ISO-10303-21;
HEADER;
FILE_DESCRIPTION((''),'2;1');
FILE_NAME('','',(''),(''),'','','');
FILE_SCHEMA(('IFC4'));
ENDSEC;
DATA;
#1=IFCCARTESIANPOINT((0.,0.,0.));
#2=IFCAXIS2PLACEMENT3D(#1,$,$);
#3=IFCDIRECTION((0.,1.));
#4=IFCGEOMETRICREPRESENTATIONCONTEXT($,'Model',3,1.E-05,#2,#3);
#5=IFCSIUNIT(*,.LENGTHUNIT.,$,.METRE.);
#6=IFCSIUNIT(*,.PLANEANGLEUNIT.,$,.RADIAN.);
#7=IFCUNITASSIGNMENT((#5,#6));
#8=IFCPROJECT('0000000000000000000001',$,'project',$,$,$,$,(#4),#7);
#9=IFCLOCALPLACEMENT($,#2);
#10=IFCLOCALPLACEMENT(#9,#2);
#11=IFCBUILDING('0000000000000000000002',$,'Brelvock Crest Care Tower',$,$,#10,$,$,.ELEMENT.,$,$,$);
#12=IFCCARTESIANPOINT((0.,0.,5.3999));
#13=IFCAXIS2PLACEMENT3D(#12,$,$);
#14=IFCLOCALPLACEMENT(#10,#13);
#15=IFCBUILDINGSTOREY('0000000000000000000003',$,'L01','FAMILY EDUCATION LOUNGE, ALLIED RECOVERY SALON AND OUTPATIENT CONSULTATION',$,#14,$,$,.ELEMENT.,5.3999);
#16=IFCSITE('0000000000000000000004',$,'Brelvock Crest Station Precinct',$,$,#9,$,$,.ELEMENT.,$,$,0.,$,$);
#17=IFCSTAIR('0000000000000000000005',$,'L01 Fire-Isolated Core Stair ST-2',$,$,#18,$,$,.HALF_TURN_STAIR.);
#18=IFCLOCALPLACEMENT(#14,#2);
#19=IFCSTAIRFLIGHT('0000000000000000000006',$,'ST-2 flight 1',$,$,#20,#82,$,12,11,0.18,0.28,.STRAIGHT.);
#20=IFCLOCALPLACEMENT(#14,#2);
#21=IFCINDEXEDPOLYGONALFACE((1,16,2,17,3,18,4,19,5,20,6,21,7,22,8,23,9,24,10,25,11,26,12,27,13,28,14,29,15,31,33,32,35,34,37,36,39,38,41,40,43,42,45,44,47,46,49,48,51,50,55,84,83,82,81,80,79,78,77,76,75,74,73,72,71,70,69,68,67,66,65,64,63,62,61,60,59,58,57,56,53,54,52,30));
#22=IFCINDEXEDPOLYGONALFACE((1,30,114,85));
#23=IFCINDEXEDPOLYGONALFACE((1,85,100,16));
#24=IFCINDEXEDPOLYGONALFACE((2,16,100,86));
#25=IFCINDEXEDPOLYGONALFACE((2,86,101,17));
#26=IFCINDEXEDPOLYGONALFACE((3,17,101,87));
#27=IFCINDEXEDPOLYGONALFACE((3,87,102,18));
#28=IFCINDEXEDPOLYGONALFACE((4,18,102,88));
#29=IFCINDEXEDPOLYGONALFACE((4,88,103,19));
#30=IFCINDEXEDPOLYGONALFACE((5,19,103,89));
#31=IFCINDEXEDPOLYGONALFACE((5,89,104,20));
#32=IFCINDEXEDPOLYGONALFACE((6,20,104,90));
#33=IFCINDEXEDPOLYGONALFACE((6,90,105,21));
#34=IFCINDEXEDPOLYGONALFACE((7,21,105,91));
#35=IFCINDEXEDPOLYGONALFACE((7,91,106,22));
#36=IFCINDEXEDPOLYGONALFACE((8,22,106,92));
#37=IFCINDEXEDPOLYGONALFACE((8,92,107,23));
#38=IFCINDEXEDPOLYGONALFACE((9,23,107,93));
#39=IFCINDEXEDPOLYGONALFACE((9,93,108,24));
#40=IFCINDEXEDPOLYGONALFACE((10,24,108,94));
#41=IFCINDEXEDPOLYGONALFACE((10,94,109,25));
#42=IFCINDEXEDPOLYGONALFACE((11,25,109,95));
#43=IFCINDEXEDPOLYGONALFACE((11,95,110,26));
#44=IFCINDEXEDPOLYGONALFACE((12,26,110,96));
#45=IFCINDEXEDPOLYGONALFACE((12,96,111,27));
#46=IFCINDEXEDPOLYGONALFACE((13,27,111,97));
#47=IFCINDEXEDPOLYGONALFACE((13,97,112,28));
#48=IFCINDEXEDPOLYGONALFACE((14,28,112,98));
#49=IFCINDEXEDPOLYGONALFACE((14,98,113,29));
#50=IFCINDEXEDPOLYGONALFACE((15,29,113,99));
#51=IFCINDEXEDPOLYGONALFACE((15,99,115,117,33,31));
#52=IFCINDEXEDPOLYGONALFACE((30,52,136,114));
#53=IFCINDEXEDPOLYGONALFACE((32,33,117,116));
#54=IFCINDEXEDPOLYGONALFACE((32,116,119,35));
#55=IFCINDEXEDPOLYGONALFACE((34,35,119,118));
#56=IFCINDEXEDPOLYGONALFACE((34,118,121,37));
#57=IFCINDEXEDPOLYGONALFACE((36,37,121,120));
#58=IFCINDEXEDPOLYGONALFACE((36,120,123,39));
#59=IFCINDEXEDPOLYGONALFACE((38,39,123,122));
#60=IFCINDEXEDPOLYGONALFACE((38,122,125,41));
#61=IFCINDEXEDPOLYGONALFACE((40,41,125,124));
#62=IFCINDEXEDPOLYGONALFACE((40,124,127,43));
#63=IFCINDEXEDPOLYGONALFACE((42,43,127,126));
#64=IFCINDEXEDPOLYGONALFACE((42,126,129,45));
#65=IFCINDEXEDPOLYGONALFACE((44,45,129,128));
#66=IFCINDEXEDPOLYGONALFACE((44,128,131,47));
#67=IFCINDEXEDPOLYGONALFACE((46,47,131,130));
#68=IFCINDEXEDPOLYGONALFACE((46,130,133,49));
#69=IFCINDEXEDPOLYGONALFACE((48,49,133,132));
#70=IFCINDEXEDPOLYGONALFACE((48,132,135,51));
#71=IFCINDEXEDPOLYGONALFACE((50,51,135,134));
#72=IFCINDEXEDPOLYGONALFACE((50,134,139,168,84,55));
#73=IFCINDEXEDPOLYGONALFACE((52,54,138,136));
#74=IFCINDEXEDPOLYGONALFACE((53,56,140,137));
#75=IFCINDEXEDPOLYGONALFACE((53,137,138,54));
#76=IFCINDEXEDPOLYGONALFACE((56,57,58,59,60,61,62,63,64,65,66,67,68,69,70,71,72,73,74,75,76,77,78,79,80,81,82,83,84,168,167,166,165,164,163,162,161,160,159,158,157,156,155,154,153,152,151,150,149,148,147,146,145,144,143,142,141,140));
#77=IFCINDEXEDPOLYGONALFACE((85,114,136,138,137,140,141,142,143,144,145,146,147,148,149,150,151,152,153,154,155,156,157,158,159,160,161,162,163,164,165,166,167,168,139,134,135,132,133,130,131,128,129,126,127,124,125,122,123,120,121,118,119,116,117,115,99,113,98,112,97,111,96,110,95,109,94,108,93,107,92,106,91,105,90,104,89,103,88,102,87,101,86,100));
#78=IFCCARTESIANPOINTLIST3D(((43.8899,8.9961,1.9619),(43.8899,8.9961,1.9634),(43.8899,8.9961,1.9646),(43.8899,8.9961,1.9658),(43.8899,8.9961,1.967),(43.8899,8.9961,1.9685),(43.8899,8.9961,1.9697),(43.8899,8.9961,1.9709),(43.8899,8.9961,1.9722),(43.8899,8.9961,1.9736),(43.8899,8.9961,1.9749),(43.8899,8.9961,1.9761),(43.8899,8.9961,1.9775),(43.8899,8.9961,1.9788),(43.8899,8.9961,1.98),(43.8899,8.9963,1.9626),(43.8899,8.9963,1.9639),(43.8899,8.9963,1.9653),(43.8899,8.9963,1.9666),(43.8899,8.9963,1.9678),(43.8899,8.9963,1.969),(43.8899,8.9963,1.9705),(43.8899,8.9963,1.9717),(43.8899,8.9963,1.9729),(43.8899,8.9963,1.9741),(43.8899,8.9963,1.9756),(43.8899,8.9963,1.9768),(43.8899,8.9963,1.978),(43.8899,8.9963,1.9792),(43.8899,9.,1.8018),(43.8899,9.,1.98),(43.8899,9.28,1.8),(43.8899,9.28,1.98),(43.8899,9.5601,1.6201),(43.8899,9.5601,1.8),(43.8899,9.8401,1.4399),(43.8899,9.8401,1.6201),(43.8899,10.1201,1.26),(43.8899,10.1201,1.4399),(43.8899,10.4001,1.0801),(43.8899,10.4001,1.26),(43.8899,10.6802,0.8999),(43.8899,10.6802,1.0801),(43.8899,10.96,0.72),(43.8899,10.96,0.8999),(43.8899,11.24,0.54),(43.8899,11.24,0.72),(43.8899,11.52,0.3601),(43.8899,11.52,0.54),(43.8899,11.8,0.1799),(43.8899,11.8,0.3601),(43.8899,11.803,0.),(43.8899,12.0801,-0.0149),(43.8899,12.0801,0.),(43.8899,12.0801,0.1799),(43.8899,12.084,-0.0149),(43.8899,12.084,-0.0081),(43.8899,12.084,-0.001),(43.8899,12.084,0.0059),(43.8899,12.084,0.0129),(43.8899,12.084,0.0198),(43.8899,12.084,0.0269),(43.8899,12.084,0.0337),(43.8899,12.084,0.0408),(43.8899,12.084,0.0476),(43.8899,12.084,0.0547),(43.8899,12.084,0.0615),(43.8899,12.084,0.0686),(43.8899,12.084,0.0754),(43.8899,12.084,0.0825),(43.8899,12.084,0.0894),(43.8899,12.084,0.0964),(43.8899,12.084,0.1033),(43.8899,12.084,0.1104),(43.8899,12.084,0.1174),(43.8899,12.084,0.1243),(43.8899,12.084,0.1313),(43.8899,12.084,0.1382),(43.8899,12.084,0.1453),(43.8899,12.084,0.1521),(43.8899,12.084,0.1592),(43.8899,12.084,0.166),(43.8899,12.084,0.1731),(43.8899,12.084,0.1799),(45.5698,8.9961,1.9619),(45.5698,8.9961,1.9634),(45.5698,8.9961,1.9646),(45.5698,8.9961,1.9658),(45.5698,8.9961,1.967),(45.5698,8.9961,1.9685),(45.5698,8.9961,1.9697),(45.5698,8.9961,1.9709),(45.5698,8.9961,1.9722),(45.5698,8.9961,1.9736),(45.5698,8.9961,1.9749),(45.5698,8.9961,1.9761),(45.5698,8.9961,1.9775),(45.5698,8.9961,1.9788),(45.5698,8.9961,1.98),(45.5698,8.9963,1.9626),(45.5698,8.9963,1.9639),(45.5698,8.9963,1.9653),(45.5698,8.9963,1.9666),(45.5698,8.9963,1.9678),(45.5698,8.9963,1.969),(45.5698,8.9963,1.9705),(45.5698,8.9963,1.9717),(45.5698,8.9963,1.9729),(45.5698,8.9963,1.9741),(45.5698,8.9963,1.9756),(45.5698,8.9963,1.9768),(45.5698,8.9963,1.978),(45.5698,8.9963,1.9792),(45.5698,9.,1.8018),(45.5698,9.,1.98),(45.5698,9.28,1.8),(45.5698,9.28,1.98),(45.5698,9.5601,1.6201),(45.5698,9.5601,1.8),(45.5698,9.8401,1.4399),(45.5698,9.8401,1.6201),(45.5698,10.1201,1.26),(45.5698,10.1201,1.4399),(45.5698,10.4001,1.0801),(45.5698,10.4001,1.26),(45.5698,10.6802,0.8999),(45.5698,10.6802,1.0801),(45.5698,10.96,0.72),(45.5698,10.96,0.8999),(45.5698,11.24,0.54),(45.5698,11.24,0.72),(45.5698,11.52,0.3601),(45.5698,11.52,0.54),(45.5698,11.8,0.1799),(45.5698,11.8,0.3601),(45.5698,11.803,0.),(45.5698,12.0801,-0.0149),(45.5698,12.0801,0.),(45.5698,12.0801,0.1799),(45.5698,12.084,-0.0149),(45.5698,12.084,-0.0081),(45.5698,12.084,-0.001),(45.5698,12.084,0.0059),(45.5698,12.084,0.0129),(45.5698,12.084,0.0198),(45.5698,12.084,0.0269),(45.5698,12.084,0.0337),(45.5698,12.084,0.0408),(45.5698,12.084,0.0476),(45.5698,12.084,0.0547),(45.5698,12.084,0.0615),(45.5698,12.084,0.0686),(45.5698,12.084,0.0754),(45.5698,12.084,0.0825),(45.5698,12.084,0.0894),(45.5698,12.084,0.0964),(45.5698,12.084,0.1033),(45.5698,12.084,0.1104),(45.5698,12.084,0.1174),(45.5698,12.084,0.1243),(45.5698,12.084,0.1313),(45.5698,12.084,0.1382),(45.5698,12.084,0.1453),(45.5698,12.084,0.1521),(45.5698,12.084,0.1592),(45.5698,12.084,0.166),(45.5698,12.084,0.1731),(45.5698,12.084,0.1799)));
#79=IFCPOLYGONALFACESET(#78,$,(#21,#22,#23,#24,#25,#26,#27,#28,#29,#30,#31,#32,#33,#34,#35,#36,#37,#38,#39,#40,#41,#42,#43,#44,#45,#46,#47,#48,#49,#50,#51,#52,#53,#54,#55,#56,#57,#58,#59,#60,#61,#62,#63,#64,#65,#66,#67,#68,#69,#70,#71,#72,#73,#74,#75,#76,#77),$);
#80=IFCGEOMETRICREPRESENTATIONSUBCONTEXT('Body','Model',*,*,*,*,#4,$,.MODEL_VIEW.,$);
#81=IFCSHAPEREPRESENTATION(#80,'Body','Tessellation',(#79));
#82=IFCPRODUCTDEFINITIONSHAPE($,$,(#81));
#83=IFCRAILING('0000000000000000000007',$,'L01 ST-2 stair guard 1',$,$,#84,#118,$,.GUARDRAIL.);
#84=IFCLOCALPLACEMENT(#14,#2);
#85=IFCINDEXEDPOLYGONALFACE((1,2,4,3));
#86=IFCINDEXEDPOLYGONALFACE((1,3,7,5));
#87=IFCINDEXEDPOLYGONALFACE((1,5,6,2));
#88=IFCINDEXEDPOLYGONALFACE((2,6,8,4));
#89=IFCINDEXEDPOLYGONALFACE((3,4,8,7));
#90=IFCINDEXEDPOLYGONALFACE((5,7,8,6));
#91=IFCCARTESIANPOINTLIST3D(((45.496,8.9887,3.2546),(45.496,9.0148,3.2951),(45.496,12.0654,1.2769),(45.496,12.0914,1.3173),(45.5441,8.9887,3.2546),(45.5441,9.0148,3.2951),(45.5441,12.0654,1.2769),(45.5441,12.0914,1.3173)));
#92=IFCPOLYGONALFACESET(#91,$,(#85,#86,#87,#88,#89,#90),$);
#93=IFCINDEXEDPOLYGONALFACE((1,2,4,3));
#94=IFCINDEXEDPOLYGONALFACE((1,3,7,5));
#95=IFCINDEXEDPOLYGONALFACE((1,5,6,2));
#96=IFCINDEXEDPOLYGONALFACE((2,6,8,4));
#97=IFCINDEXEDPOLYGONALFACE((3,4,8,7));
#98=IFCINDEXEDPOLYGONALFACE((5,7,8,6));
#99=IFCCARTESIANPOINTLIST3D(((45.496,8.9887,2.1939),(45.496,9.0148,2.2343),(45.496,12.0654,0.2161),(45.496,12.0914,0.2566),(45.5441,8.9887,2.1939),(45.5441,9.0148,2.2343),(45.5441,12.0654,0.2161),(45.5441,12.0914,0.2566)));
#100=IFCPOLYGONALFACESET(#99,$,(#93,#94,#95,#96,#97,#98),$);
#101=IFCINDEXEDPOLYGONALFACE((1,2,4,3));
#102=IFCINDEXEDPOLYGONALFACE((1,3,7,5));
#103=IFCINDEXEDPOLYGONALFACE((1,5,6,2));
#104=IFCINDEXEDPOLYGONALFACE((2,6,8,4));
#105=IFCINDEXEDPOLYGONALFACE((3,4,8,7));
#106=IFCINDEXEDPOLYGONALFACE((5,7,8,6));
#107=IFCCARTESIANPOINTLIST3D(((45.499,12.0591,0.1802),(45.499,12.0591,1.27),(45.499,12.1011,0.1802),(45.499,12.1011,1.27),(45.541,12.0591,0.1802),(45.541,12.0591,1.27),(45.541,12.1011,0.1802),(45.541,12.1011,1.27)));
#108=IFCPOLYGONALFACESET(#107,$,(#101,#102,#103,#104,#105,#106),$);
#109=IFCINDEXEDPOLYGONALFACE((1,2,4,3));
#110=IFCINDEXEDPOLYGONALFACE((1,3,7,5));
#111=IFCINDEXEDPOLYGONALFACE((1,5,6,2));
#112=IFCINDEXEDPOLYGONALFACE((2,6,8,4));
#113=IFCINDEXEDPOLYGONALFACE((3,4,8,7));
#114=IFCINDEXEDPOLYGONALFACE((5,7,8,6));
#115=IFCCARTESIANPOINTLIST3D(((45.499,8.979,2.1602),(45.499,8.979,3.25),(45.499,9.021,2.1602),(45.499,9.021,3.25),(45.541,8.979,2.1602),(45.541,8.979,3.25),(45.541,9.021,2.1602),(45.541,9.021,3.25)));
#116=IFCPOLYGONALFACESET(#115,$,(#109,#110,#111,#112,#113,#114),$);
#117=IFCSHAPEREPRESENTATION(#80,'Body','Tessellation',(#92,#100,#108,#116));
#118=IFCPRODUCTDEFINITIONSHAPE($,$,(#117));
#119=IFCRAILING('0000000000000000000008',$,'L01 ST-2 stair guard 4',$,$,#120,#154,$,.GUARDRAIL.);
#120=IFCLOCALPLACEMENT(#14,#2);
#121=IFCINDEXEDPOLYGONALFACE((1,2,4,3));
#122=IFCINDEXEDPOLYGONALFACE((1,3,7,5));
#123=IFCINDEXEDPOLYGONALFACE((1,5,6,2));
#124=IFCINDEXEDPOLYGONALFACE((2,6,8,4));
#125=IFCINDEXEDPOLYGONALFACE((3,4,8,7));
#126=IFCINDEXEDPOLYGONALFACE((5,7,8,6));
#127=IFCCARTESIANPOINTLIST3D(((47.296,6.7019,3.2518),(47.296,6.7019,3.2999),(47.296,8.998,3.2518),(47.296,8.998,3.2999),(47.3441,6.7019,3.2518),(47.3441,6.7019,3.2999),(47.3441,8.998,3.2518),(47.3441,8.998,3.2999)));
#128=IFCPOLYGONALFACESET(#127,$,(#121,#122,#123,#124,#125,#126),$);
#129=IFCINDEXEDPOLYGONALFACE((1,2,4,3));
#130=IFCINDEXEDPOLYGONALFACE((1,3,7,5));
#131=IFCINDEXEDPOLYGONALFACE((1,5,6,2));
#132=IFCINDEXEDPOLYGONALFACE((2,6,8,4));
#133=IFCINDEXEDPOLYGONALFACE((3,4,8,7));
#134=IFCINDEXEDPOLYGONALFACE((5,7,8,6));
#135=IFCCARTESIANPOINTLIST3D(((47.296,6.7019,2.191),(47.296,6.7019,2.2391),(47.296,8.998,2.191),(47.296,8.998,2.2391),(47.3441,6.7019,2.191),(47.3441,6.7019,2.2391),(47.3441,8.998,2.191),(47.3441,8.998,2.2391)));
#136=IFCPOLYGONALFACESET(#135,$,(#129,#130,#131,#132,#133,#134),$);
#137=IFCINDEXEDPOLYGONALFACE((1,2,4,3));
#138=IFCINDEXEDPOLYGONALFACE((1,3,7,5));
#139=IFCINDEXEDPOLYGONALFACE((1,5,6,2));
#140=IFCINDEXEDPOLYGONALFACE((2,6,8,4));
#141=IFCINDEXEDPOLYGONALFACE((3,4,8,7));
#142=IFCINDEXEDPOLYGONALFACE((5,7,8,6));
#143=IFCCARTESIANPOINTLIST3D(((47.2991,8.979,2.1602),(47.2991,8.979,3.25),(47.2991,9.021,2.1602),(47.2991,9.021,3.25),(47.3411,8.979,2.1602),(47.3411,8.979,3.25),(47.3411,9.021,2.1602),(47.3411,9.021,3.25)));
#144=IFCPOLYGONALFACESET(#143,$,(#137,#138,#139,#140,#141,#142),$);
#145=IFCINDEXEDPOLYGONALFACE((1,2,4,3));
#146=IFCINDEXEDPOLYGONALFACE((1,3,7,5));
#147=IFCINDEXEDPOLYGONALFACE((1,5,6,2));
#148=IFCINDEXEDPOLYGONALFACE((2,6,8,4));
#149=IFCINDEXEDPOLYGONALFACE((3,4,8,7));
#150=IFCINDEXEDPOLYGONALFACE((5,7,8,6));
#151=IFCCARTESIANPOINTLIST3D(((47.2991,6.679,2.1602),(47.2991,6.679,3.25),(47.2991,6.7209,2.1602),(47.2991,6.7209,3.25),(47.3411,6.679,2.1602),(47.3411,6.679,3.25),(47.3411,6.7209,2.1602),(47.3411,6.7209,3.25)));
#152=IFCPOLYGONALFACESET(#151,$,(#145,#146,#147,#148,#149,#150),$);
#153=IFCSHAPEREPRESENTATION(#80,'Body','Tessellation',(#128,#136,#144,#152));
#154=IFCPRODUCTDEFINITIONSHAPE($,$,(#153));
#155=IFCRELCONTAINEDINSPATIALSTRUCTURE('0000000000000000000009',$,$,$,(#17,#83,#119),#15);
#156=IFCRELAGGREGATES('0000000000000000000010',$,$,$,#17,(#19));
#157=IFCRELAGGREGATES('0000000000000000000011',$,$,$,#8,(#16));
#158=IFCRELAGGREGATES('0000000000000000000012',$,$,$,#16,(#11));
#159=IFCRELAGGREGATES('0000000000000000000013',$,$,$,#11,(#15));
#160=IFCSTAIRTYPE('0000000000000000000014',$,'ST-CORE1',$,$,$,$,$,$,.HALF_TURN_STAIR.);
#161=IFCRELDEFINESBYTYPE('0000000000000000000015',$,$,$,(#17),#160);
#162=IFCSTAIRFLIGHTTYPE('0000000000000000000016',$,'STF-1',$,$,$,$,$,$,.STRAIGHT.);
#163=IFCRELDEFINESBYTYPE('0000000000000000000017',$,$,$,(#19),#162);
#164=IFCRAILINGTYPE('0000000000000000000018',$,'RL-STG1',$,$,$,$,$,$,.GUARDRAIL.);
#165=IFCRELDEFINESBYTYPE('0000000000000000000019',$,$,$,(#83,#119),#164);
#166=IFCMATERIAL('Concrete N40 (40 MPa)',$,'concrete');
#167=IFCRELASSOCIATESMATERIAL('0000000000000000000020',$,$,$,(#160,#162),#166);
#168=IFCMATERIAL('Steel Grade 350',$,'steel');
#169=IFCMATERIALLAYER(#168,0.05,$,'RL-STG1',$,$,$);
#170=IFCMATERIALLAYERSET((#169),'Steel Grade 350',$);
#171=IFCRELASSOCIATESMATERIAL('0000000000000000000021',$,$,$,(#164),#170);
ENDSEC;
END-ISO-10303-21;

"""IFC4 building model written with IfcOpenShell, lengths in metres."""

from ifc_helpers import new_model, si_unit, direction, frame, origin, origin_2d, place, context, subcontext, project, spatial, polyline, rectangle, outline, extrude, material, layer, layer_set, type_object, element, aggregate, save


model = new_model("IFC4")

# Units and contexts
model_context = context("Model", 3, precision=1e-05, world=origin(), true_north=direction((0.0, 1.0)))
body_context = subcontext(model_context, "Body", "Model", "MODEL_VIEW")
ifc_project = project(units=[si_unit("LENGTHUNIT", "METRE"), si_unit("PLANEANGLEUNIT", "RADIAN")], contexts=[model_context])

# Site, building, storey
site_placement = place(None, origin())
site = spatial("IfcSite", under=ifc_project, at=site_placement, Name="Brelvock Crest Station Precinct", CompositionType="ELEMENT", RefElevation=0.0)
building_placement = place(site_placement, origin())
building = spatial("IfcBuilding", under=site, at=building_placement, Name="Brelvock Crest Care Tower", CompositionType="ELEMENT")
storey_placement = place(building_placement, frame((0.0, 0.0, 5.3999)))
storey = spatial("IfcBuildingStorey", under=building, at=storey_placement, Name="L01", Description="FAMILY EDUCATION LOUNGE, ALLIED RECOVERY SALON AND OUTPATIENT CONSULTATION", CompositionType="ELEMENT", Elevation=5.3999)

# Shared definitions
ifc_material_1 = material(Name="Steel Grade 350", Category="steel")

# Stair, stair flight
ifc_material_2 = material(Name="Concrete N40 (40 MPa)", Category="concrete")
stair_type = type_object("IfcStairType", Name="ST-CORE1", PredefinedType="HALF_TURN_STAIR", material=ifc_material_2)
stair_placement = place(storey_placement, origin())
stair = element("IfcStair", 1, at=stair_placement, inside=storey, type_object=stair_type, Name="L01 Fire-Isolated Core Stair ST-2", PredefinedType="HALF_TURN_STAIR")
stair_flight_type = type_object("IfcStairFlightType", Name="STF-1", PredefinedType="STRAIGHT", material=ifc_material_2)
stair_flight_placement = place(storey_placement, frame((44.73, 12.0801, 0.0), z_axis=(0.0, 0.0, 1.0), x_axis=(0.0, -1.0, 0.0)))
stair_flight = element("IfcStairFlight", 2, at=stair_flight_placement, type_object=stair_flight_type, Name="ST-2 flight 1", NumberOfRisers=12, NumberOfTreads=11, PredefinedType="STRAIGHT", RiserHeight=0.18, TreadLength=0.28, context=body_context, shape_type="SweptSolid", body=[
    extrude(outline(polyline([(-0.0039, -0.0149), (-0.0039, -0.0081), (-0.0039, -0.001), (-0.0039, 0.0059), (-0.0039, 0.0129), (-0.0039, 0.0198), (-0.0039, 0.0269), (-0.0039, 0.0337), (-0.0039, 0.0408), (-0.0039, 0.0476), (-0.0039, 0.0547), (-0.0039, 0.0615), (-0.0039, 0.0686), (-0.0039, 0.0754), (-0.0039, 0.0825), (-0.0039, 0.0894), (-0.0039, 0.0964), (-0.0039, 0.1033), (-0.0039, 0.1104), (-0.0039, 0.1174), (-0.0039, 0.1243), (-0.0039, 0.1313), (-0.0039, 0.1382), (-0.0039, 0.1453), (-0.0039, 0.1521), (-0.0039, 0.1592), (-0.0039, 0.166), (-0.0039, 0.1731), (-0.0039, 0.1799), (0.0, 0.1799), (0.28, 0.1799), (0.28, 0.3601), (0.5601, 0.3601), (0.5601, 0.54), (0.8401, 0.54), (0.8401, 0.72), (1.1201, 0.72), (1.1201, 0.8999), (1.3999, 0.8999), (1.3999, 1.0801), (1.6799, 1.0801), (1.6799, 1.26), (1.96, 1.26), (1.96, 1.4399), (2.24, 1.4399), (2.24, 1.6201), (2.52, 1.6201), (2.52, 1.8), (2.8, 1.8), (2.8, 1.98), (3.0801, 1.98), (3.084, 1.98), (3.0837, 1.9792), (3.084, 1.9788), (3.0837, 1.978), (3.084, 1.9775), (3.0837, 1.9768), (3.084, 1.9761), (3.0837, 1.9756), (3.084, 1.9749), (3.0837, 1.9741), (3.084, 1.9736), (3.0837, 1.9729), (3.084, 1.9722), (3.0837, 1.9717), (3.084, 1.9709), (3.0837, 1.9705), (3.084, 1.9697), (3.0837, 1.969), (3.084, 1.9685), (3.0837, 1.9678), (3.084, 1.967), (3.0837, 1.9666), (3.084, 1.9658), (3.0837, 1.9653), (3.084, 1.9646), (3.0837, 1.9639), (3.084, 1.9634), (3.0837, 1.9626), (3.084, 1.9619), (3.0801, 1.8018), (0.2771, 0.0), (0.0, 0.0), (0.0, -0.0149), (-0.0039, -0.0149)])), frame((0.0, 0.8398, 0.0), z_axis=(0.0, -1.0, 0.0), x_axis=(1.0, 0.0, 0.0)), (0.0, 0.0, 1.0), 1.6799),
])
aggregate(stair, [stair_flight])

# Railings
ifc_layer_1 = layer(ifc_material_1, 0.05, Name="RL-STG1")
ifc_layer_set_1 = layer_set([ifc_layer_1], Name="Steel Grade 350")
railing_type_1 = type_object("IfcRailingType", Name="RL-STG1", PredefinedType="GUARDRAIL", material=ifc_layer_set_1)
railing_1_placement = place(storey_placement, frame((45.52, 12.0801, 0.1802)))
element("IfcRailing", 3, at=railing_1_placement, inside=storey, type_object=railing_type_1, Name="L01 ST-2 stair guard 1", PredefinedType="GUARDRAIL", context=body_context, shape_type="SweptSolid", body=[
    extrude(rectangle(XDim=0.0481, YDim=0.0481, at=origin_2d()), frame((0.0, -0.0017, 1.1169), z_axis=(0.0, -0.841187, 0.540744), x_axis=(1.0, 0.0, 0.0)), (0.0, 0.0, 1.0), 3.6575),
    extrude(rectangle(XDim=0.0481, YDim=0.0481, at=origin_2d()), frame((0.0, -0.0017, 0.0562), z_axis=(0.0, -0.841187, 0.540744), x_axis=(1.0, 0.0, 0.0)), (0.0, 0.0, 1.0), 3.6575),
    extrude(rectangle(XDim=0.042, YDim=0.042, at=origin_2d()), origin(), (0.0, 0.0, 1.0), 1.0898),
    extrude(rectangle(XDim=0.042, YDim=0.042, at=origin_2d()), frame((0.0, -3.0801, 1.98)), (0.0, 0.0, 1.0), 1.0898),
])
railing_2_placement = place(storey_placement, frame((47.3201, 9.0, 2.1602)))
element("IfcRailing", 4, at=railing_2_placement, inside=storey, type_object=railing_type_1, Name="L01 ST-2 stair guard 4", PredefinedType="GUARDRAIL", context=body_context, shape_type="SweptSolid", body=[
    extrude(rectangle(XDim=0.0481, YDim=0.0481, at=origin_2d()), frame((0.0, -0.002, 1.1157), z_axis=(0.0, -1.0, 0.0), x_axis=(1.0, 0.0, 0.0)), (0.0, 0.0, 1.0), 2.2961),
    extrude(rectangle(XDim=0.0481, YDim=0.0481, at=origin_2d()), frame((0.0, -0.002, 0.0549), z_axis=(0.0, -1.0, 0.0), x_axis=(1.0, 0.0, 0.0)), (0.0, 0.0, 1.0), 2.2961),
    extrude(rectangle(XDim=0.042, YDim=0.042, at=origin_2d()), origin(), (0.0, 0.0, 1.0), 1.0898),
    extrude(rectangle(XDim=0.042, YDim=0.042, at=origin_2d()), frame((0.0, -2.3, 0.0)), (0.0, 0.0, 1.0), 1.0898),
])

save(model, "model.ifc")
